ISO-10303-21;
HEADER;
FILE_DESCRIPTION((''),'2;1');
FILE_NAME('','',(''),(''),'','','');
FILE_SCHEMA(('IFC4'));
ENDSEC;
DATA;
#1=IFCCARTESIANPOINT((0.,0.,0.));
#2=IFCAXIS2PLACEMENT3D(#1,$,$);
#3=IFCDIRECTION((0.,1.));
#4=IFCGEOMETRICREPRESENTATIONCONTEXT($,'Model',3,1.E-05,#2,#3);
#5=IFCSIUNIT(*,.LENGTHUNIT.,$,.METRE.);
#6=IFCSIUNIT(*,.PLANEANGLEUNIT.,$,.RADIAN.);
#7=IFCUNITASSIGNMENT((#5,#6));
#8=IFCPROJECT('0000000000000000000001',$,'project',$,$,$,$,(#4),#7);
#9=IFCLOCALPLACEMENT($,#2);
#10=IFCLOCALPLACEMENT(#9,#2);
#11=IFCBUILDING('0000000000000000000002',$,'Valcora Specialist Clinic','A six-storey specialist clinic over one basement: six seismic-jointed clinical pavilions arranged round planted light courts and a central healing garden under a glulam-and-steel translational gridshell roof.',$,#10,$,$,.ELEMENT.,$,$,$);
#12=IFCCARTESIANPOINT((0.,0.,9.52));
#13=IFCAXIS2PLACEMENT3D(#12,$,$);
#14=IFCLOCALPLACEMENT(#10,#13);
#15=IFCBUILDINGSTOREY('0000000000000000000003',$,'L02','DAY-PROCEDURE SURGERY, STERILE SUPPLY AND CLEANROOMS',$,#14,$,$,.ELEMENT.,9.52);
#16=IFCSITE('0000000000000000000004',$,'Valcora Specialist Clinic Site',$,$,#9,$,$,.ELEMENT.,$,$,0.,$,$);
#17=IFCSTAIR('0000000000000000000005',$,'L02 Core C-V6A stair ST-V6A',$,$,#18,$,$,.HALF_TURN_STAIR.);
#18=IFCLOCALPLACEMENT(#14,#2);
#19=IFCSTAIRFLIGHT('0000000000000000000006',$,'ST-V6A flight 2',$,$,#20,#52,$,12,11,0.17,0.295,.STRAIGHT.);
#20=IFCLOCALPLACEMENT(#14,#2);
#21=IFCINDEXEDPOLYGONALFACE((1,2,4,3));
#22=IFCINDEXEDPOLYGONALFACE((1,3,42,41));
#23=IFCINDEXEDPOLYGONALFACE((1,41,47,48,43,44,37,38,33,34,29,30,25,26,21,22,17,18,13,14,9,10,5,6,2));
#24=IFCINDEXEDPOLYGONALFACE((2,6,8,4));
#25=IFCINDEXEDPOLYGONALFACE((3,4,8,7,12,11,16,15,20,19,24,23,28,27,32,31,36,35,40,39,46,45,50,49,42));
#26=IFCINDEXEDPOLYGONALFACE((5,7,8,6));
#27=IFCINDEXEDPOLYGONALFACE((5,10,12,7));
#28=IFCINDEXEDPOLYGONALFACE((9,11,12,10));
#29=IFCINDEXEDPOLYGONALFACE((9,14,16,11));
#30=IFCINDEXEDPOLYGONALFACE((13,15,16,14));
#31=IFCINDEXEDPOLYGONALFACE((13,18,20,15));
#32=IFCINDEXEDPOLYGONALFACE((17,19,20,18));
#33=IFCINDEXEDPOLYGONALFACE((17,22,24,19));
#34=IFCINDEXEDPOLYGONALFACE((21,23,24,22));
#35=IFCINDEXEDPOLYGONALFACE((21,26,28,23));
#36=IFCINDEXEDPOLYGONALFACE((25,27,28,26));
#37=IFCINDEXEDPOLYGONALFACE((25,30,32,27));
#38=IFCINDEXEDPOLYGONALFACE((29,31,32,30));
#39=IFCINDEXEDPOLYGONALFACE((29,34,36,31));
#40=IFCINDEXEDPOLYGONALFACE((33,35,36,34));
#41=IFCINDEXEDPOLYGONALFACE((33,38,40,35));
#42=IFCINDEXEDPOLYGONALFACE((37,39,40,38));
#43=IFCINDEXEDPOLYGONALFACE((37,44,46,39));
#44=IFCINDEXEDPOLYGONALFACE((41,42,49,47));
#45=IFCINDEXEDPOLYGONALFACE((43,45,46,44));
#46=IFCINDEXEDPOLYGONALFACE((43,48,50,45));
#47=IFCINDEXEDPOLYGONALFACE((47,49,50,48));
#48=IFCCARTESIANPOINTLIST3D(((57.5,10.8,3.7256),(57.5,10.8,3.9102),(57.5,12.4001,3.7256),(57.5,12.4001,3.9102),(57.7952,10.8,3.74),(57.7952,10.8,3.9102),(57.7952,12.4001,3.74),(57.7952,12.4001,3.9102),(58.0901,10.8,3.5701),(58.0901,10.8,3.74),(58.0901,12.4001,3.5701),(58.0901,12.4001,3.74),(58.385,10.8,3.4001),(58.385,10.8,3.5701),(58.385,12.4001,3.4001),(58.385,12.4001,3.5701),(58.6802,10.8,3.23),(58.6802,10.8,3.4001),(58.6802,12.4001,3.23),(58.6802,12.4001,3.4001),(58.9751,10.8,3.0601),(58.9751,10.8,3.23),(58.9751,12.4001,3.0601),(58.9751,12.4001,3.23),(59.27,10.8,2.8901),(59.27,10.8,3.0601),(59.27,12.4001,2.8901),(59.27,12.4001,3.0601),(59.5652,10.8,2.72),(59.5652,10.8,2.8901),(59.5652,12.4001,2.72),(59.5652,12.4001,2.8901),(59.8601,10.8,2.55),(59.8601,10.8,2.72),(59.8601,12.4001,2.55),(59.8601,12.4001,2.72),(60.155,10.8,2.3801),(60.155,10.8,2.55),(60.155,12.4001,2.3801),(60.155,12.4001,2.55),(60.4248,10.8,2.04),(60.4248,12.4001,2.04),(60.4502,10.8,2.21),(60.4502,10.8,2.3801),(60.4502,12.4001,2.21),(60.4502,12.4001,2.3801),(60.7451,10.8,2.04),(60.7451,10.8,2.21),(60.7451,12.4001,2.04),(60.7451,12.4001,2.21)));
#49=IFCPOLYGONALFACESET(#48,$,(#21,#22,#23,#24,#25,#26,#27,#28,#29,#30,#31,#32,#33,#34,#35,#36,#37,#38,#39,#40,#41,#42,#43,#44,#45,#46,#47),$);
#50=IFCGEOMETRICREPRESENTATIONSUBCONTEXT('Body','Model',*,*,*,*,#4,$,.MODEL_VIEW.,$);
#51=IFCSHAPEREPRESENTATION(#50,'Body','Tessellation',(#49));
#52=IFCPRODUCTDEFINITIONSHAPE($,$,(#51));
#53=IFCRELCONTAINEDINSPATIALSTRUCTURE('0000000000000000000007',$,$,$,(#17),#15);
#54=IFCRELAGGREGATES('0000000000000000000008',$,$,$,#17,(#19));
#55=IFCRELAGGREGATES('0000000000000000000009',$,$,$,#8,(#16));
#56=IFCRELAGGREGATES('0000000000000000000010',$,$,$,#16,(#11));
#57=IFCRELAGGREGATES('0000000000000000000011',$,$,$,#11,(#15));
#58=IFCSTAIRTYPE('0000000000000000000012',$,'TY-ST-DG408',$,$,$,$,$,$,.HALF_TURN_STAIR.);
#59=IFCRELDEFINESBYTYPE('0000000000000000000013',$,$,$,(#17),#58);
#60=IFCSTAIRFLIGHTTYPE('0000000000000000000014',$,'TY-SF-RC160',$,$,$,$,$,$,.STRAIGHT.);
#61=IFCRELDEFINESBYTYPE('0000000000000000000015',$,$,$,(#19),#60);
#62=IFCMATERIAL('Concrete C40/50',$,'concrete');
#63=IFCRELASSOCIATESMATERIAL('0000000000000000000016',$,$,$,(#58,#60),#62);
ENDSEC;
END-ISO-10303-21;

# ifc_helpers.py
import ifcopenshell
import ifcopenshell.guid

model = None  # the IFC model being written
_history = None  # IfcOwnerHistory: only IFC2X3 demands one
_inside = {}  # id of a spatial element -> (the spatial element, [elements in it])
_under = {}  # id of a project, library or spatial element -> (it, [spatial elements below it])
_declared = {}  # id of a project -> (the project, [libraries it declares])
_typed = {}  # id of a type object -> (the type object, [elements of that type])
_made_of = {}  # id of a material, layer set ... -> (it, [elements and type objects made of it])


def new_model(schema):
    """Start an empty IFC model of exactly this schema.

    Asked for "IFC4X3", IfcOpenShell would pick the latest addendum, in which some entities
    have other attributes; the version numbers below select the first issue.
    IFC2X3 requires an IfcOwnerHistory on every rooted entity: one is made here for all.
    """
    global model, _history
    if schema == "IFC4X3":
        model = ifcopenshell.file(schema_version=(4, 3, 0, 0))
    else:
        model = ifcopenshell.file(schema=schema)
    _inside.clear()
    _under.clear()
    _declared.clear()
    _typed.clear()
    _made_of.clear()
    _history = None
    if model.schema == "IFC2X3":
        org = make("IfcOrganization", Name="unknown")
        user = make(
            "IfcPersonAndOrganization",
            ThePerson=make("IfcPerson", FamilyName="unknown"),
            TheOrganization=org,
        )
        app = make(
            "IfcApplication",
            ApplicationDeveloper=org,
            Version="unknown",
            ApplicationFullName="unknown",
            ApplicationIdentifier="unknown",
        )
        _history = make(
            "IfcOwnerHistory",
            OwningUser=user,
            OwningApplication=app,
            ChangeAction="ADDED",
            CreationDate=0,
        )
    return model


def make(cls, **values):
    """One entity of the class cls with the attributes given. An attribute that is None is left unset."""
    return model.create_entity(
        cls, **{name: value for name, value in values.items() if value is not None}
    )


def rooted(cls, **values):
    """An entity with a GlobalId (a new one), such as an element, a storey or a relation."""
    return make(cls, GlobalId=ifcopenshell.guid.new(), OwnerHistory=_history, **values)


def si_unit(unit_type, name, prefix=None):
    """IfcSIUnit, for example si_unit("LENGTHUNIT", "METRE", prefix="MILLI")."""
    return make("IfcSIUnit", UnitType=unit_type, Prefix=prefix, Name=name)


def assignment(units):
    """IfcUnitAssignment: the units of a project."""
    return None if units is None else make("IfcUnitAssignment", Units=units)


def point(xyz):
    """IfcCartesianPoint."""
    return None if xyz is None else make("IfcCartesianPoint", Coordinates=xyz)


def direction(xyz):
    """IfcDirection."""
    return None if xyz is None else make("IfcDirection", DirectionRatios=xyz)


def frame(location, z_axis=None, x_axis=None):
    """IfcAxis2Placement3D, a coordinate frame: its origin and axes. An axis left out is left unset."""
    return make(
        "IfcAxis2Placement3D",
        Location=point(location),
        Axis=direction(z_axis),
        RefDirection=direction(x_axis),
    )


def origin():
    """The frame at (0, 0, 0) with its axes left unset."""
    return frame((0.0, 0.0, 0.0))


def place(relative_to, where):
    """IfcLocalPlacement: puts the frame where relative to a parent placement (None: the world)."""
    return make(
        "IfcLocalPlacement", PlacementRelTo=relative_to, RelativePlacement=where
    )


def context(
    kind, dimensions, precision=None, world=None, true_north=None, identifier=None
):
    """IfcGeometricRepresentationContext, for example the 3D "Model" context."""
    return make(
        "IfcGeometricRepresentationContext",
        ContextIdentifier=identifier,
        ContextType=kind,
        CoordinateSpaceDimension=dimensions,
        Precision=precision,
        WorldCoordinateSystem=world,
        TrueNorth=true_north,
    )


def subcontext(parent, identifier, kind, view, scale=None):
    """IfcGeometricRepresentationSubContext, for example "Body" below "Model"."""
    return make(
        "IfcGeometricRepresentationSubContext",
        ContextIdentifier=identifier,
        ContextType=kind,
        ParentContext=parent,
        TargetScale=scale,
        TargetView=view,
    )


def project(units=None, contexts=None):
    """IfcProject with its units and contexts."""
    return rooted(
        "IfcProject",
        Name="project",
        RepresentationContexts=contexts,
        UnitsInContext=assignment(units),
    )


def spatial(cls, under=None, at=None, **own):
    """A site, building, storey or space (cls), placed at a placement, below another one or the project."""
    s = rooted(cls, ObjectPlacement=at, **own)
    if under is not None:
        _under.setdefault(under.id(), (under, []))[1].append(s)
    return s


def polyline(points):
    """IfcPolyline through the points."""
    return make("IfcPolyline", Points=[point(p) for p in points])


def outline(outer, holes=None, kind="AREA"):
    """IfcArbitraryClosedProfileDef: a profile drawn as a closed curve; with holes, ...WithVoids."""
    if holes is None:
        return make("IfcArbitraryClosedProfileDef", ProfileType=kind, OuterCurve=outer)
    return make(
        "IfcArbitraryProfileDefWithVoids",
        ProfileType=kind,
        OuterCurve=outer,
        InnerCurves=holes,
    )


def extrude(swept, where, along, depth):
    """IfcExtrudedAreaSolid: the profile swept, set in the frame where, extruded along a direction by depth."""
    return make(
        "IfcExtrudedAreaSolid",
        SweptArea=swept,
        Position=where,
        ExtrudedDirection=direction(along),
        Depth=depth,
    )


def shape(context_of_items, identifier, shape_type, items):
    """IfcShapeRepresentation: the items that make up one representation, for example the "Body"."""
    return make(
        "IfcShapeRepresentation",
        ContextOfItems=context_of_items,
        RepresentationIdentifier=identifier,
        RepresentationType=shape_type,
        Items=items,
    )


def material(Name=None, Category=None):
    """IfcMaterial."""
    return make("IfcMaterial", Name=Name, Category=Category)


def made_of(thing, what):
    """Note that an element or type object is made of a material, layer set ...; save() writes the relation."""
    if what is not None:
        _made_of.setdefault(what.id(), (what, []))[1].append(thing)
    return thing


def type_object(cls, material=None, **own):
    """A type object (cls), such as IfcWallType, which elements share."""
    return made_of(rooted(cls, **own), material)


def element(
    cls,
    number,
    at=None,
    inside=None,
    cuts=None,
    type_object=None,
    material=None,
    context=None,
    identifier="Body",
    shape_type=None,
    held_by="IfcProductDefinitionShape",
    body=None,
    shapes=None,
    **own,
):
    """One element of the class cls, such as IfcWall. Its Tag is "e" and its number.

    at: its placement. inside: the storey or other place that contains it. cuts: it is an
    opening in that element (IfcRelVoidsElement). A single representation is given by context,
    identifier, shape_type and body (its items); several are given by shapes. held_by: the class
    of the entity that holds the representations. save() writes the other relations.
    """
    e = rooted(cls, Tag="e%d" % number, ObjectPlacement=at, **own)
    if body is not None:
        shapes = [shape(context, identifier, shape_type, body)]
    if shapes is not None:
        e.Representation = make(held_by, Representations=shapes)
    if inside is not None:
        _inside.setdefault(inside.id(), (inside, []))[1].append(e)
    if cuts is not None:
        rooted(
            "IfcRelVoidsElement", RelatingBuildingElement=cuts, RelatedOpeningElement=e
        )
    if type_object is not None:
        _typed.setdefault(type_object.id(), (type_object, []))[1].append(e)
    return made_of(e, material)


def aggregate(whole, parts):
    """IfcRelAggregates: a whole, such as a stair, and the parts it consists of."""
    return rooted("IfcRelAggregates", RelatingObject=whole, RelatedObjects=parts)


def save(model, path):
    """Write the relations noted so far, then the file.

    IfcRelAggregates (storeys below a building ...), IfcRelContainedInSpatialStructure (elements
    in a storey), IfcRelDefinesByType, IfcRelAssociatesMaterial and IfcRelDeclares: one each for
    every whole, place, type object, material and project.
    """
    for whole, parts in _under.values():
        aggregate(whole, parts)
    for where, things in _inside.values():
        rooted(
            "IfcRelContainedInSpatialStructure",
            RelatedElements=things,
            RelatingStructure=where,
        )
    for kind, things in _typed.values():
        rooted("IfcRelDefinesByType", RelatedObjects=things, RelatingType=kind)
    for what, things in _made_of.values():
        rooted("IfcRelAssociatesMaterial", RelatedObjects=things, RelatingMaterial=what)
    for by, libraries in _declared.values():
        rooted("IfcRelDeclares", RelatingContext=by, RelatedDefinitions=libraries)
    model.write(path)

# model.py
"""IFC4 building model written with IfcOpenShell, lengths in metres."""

from ifc_helpers import new_model, si_unit, direction, frame, origin, place, context, subcontext, project, spatial, polyline, outline, extrude, material, type_object, element, aggregate, save


model = new_model("IFC4")

# Units and contexts
model_context = context("Model", 3, precision=1e-05, world=origin(), true_north=direction((0.0, 1.0)))
body_context = subcontext(model_context, "Body", "Model", "MODEL_VIEW")
ifc_project = project(units=[si_unit("LENGTHUNIT", "METRE"), si_unit("PLANEANGLEUNIT", "RADIAN")], contexts=[model_context])

# Site, building, storey
site_placement = place(None, origin())
site = spatial("IfcSite", under=ifc_project, at=site_placement, Name="Valcora Specialist Clinic Site", CompositionType="ELEMENT", RefElevation=0.0)
building_placement = place(site_placement, origin())
building = spatial("IfcBuilding", under=site, at=building_placement, Name="Valcora Specialist Clinic", Description="A six-storey specialist clinic over one basement: six seismic-jointed clinical pavilions arranged round planted light courts and a central healing garden under a glulam-and-steel translational gridshell roof.", CompositionType="ELEMENT")
storey_placement = place(building_placement, frame((0.0, 0.0, 9.52)))
storey = spatial("IfcBuildingStorey", under=building, at=storey_placement, Name="L02", Description="DAY-PROCEDURE SURGERY, STERILE SUPPLY AND CLEANROOMS", CompositionType="ELEMENT", Elevation=9.52)

# Shared definitions
ifc_material_1 = material(Name="Concrete C40/50", Category="concrete")

# Stair, stair flight
stair_type = type_object("IfcStairType", Name="TY-ST-DG408", PredefinedType="HALF_TURN_STAIR", material=ifc_material_1)
stair_placement = place(storey_placement, origin())
stair = element("IfcStair", 1, at=stair_placement, inside=storey, type_object=stair_type, Name="L02 Core C-V6A stair ST-V6A", PredefinedType="HALF_TURN_STAIR")
stair_flight_type = type_object("IfcStairFlightType", Name="TY-SF-RC160", PredefinedType="STRAIGHT", material=ifc_material_1)
stair_flight_1_placement = place(storey_placement, frame((60.7451, 11.6001, 2.04), z_axis=(0.0, 0.0, 1.0), x_axis=(-1.0, 0.0, 0.0)))
stair_flight_1 = element("IfcStairFlight", 2, at=stair_flight_1_placement, type_object=stair_flight_type, Name="ST-V6A flight 2", NumberOfRisers=12, NumberOfTreads=11, PredefinedType="STRAIGHT", RiserHeight=0.17, TreadLength=0.295, context=body_context, shape_type="SweptSolid", body=[
    extrude(outline(polyline([(0.0, 0.0), (0.0, 0.1699), (0.2949, 0.1699), (0.2949, 0.3401), (0.5901, 0.3401), (0.5901, 0.51), (0.885, 0.51), (0.885, 0.6799), (1.1799, 0.6799), (1.1799, 0.8501), (1.4751, 0.8501), (1.4751, 1.02), (1.77, 1.02), (1.77, 1.1899), (2.0649, 1.1899), (2.0649, 1.3601), (2.3601, 1.3601), (2.3601, 1.53), (2.655, 1.53), (2.655, 1.7), (2.95, 1.7), (2.95, 1.8701), (3.2451, 1.8701), (3.2451, 2.04), (3.2451, 1.6855), (0.3203, 0.0), (0.0, 0.0)])), frame((0.0, 0.8, 0.0), z_axis=(0.0, -1.0, 0.0), x_axis=(1.0, 0.0, 0.0)), (0.0, 0.0, 1.0), 1.6001),
])
aggregate(stair, [stair_flight_1])

save(model, "model.ifc")
